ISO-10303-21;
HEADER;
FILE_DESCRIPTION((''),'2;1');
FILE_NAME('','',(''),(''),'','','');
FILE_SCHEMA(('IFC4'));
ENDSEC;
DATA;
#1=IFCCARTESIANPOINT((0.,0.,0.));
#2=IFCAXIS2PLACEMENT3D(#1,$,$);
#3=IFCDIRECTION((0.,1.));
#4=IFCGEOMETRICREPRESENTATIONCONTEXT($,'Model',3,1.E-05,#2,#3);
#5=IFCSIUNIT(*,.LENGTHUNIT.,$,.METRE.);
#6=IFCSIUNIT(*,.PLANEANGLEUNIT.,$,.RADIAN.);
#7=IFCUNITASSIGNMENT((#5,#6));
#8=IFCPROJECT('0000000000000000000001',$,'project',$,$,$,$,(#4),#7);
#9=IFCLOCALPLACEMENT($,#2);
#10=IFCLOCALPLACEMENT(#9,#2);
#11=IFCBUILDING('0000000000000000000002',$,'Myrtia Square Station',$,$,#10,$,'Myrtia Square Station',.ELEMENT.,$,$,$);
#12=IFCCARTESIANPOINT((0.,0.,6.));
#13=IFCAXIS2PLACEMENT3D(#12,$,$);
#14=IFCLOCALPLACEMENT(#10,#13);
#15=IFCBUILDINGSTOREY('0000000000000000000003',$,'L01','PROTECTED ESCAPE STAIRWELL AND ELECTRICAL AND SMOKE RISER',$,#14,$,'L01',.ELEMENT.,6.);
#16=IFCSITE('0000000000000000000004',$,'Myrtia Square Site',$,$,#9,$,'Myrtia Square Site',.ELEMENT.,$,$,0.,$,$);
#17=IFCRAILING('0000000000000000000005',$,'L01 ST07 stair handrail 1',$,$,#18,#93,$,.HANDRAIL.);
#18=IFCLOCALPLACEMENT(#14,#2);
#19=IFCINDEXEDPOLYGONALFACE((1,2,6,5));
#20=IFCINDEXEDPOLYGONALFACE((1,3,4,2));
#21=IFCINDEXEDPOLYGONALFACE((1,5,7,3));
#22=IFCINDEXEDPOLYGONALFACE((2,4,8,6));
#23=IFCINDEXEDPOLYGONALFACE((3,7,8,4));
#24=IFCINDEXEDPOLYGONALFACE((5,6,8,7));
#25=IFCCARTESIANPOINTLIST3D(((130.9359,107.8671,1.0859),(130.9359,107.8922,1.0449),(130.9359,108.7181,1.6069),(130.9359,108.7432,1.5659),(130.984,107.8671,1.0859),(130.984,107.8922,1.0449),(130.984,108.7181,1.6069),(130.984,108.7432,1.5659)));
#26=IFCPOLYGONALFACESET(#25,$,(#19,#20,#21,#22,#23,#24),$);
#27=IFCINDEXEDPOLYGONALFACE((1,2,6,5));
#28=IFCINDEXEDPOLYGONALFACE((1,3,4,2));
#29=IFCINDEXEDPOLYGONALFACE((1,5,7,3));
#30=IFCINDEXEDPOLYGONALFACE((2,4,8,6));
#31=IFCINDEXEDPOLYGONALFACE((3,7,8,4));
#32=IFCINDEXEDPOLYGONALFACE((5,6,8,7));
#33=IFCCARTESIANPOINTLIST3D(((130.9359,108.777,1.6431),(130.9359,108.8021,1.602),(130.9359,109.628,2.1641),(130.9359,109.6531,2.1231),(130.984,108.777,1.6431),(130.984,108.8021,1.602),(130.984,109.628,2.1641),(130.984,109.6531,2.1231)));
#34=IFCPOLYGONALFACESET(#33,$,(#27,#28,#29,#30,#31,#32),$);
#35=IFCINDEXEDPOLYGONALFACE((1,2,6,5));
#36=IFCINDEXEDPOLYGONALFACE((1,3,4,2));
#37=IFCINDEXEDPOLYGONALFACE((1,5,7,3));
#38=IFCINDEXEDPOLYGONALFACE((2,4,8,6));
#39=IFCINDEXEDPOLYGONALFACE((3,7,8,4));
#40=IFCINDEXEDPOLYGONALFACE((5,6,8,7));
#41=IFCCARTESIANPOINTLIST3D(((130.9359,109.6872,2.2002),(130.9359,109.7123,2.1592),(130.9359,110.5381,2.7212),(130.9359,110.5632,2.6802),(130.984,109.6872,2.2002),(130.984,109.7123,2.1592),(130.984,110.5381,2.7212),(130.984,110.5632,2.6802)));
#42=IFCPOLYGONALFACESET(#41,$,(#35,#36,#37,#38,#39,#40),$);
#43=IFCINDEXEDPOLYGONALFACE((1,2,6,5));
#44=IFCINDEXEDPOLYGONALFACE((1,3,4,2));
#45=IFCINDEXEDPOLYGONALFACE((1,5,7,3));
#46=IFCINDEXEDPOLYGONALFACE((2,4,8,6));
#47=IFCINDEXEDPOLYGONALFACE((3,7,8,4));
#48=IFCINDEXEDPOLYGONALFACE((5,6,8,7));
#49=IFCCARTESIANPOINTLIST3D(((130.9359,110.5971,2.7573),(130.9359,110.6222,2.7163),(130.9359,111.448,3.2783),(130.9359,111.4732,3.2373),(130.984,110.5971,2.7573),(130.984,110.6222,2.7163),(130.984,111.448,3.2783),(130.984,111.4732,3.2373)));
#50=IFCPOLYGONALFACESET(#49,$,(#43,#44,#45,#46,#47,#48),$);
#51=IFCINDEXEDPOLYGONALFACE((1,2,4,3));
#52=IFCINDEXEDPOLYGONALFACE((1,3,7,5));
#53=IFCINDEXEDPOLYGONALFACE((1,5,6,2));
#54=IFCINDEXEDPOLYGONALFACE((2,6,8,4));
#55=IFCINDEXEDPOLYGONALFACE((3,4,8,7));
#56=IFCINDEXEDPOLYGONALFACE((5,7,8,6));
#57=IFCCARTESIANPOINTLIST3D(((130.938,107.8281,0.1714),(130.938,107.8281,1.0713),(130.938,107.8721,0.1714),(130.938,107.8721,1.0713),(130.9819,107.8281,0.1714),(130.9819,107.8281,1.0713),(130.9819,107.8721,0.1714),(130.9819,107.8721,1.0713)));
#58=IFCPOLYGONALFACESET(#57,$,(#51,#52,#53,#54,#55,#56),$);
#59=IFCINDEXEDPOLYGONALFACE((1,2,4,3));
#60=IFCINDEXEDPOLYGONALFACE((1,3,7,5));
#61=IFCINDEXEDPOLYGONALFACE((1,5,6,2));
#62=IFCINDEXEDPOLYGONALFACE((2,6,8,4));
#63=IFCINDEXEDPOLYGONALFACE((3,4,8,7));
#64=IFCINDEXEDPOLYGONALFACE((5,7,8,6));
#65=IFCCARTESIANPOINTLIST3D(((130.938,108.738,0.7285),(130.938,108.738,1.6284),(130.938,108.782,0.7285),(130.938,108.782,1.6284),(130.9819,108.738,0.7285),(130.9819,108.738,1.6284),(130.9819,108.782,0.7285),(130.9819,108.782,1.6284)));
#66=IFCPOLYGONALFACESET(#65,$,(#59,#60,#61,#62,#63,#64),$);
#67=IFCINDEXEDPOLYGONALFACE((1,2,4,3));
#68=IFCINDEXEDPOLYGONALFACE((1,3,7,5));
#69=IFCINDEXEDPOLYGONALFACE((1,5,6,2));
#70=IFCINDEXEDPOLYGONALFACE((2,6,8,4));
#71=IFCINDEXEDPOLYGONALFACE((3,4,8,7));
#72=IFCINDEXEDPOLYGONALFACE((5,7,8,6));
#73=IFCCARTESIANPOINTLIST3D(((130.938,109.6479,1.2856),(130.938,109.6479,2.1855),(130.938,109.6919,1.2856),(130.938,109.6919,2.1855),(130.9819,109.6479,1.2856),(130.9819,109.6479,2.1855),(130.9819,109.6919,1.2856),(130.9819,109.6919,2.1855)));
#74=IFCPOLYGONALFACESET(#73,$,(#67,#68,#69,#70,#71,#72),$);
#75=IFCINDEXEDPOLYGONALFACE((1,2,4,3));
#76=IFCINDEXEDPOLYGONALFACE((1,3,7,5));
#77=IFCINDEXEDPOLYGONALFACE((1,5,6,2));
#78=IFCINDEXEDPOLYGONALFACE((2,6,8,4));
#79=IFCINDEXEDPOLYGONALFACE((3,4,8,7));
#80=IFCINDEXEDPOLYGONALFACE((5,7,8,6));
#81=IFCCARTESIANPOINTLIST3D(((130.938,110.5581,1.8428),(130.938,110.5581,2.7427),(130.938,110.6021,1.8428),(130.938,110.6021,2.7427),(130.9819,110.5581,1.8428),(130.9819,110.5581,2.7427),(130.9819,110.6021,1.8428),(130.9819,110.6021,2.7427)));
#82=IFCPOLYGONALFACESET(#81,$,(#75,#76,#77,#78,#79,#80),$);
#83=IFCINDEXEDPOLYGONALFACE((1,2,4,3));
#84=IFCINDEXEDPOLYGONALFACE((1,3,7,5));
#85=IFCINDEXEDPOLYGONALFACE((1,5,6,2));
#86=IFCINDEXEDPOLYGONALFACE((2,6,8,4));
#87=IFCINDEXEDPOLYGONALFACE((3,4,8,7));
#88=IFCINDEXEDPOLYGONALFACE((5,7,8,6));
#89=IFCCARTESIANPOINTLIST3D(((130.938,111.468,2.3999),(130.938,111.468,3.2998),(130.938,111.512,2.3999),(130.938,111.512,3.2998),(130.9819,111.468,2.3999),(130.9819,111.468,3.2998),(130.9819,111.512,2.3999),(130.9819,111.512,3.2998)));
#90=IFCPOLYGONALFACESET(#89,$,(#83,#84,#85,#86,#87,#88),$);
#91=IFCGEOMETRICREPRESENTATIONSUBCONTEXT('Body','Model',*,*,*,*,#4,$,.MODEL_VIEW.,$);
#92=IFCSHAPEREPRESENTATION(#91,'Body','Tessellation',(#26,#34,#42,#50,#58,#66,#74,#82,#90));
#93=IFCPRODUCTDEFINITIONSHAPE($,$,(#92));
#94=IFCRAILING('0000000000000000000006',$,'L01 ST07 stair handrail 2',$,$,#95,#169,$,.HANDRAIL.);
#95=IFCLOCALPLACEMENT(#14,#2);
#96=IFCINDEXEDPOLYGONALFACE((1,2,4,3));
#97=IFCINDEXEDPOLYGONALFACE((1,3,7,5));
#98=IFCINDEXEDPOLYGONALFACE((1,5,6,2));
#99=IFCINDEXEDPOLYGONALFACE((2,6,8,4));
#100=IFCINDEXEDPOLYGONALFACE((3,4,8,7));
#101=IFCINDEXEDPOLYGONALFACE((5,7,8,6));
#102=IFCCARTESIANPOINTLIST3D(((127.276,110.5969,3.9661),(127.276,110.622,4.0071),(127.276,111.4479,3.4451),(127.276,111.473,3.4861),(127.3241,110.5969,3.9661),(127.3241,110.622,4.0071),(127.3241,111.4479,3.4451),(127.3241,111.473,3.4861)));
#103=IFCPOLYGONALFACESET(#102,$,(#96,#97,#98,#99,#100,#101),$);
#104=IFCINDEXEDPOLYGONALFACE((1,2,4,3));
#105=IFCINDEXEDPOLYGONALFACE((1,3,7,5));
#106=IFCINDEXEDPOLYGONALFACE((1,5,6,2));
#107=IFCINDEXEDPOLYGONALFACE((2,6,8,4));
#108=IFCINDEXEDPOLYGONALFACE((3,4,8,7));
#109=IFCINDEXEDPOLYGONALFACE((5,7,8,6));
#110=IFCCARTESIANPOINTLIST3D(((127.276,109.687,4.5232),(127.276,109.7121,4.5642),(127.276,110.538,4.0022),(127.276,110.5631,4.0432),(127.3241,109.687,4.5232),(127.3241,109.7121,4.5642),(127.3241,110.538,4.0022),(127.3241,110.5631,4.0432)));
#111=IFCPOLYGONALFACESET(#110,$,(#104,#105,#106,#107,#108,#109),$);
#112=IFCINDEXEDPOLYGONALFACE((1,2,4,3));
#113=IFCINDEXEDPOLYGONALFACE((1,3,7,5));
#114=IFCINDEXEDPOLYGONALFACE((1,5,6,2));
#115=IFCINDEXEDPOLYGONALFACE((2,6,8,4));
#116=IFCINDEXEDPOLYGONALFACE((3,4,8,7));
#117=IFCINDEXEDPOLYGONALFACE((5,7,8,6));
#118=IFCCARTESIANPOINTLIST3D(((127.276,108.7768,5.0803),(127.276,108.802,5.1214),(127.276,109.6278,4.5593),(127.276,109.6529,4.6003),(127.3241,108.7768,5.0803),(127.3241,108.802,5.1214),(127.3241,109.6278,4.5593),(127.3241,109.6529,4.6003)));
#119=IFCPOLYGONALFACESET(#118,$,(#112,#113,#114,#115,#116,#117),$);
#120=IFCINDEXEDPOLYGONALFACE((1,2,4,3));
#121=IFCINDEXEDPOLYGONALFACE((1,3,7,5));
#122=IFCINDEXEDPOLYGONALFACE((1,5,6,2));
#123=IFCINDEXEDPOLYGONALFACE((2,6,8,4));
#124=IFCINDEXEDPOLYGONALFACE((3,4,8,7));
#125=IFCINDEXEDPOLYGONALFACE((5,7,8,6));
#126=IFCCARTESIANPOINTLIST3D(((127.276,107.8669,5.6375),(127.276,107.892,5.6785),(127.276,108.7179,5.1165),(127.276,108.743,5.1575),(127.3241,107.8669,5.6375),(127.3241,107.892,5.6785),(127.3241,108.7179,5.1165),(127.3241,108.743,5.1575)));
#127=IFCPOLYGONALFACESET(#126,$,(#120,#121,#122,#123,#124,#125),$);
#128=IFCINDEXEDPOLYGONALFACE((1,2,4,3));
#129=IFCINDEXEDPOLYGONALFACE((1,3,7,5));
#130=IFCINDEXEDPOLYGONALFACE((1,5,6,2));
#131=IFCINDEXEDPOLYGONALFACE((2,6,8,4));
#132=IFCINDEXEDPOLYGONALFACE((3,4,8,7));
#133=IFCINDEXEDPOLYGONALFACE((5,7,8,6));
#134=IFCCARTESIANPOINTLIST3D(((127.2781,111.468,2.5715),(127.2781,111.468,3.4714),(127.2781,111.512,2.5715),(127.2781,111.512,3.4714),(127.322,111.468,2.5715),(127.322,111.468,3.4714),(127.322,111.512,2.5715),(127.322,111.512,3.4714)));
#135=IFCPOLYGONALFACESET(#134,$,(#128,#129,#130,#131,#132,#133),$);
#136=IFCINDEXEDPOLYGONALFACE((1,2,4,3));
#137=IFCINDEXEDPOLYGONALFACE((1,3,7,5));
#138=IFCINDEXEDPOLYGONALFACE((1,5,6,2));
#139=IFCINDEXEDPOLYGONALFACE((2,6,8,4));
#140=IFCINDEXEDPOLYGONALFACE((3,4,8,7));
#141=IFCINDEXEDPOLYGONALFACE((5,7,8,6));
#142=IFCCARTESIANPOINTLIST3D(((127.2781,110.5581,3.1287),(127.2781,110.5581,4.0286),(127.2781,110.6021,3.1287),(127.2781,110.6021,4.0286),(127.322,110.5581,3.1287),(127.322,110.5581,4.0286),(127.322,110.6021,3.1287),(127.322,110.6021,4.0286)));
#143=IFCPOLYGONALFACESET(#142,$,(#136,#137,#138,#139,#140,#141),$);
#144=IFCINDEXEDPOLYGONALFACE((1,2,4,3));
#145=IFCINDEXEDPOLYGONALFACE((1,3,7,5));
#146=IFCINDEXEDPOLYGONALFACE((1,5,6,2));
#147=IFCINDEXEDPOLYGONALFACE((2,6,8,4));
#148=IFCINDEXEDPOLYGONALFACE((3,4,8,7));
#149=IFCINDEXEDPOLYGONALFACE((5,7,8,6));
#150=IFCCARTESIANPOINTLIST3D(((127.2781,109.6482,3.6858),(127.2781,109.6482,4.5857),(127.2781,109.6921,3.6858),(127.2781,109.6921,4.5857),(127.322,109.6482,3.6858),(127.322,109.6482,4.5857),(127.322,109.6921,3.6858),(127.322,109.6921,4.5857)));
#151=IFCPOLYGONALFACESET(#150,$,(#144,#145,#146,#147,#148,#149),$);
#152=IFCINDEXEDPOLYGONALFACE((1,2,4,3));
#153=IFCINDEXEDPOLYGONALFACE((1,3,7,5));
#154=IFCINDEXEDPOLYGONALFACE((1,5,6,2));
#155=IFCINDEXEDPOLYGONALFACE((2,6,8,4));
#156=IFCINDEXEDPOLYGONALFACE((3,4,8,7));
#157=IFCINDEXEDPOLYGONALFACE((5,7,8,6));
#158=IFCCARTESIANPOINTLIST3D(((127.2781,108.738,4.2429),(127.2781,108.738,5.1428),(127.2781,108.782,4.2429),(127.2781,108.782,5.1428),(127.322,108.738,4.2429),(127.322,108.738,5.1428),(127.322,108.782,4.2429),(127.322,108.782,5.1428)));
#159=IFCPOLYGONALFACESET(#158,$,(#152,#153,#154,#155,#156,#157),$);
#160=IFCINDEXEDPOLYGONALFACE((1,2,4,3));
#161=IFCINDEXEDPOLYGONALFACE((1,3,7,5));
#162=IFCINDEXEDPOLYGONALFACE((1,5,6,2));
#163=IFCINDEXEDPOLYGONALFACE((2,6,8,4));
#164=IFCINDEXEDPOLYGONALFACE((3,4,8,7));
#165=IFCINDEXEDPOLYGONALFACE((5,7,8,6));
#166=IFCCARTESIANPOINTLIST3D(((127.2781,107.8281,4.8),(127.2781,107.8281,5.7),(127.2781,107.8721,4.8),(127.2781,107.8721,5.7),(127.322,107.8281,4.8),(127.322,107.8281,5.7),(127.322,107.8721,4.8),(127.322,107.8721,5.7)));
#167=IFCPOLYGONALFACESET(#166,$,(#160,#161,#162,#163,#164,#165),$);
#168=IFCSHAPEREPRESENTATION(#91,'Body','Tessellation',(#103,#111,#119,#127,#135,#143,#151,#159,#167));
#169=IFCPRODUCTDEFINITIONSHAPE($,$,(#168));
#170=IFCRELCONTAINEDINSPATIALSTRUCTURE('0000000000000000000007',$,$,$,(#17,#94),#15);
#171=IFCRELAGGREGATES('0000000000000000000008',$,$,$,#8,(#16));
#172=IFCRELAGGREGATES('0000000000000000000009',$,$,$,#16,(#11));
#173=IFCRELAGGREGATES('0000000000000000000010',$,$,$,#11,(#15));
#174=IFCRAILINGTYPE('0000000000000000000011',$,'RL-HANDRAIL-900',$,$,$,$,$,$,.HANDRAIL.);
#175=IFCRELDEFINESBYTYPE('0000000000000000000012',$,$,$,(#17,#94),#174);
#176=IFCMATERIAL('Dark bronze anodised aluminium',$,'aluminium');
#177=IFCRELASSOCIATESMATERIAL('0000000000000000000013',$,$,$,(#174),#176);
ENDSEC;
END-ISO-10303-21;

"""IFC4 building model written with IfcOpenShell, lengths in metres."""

from ifc_helpers import new_model, si_unit, direction, frame, origin, origin_2d, place, context, subcontext, project, spatial, rectangle, extrude, material, type_object, element, save


model = new_model("IFC4")

# Units and contexts
model_context = context("Model", 3, precision=1e-05, world=origin(), true_north=direction((0.0, 1.0)))
body_context = subcontext(model_context, "Body", "Model", "MODEL_VIEW")
ifc_project = project(units=[si_unit("LENGTHUNIT", "METRE"), si_unit("PLANEANGLEUNIT", "RADIAN")], contexts=[model_context])

# Site, building, storey
site_placement = place(None, origin())
site = spatial("IfcSite", under=ifc_project, at=site_placement, Name="Myrtia Square Site", LongName="Myrtia Square Site", CompositionType="ELEMENT", RefElevation=0.0)
building_placement = place(site_placement, origin())
building = spatial("IfcBuilding", under=site, at=building_placement, Name="Myrtia Square Station", LongName="Myrtia Square Station", CompositionType="ELEMENT")
storey_placement = place(building_placement, frame((0.0, 0.0, 6.0)))
storey = spatial("IfcBuildingStorey", under=building, at=storey_placement, Name="L01", Description="PROTECTED ESCAPE STAIRWELL AND ELECTRICAL AND SMOKE RISER", LongName="L01", CompositionType="ELEMENT", Elevation=6.0)

# Shared definitions
ifc_material_1 = material(Name="Dark bronze anodised aluminium", Category="aluminium")

# Railings
railing_type_1 = type_object("IfcRailingType", Name="RL-HANDRAIL-900", PredefinedType="HANDRAIL", material=ifc_material_1)
railing_1_placement = place(storey_placement, frame((130.96, 107.8501, 0.1714)))
element("IfcRailing", 1, at=railing_1_placement, inside=storey, type_object=railing_type_1, Name="L01 ST07 stair handrail 1", PredefinedType="HANDRAIL", context=body_context, shape_type="SweptSolid", body=[
    extrude(rectangle(XDim=0.0481, YDim=0.0481, at=origin_2d()), frame((0.0, 0.0295, 0.894), z_axis=(0.0, 0.85285, 0.522156), x_axis=(-1.0, 0.0, 0.0)), (0.0, 0.0, 1.0), 0.9978),
    extrude(rectangle(XDim=0.0481, YDim=0.0481, at=origin_2d()), frame((0.0, 0.9395, 1.4512), z_axis=(0.0, 0.85285, 0.522156), x_axis=(-1.0, 0.0, 0.0)), (0.0, 0.0, 1.0), 0.9978),
    extrude(rectangle(XDim=0.0481, YDim=0.0481, at=origin_2d()), frame((0.0, 1.8496, 2.0083), z_axis=(0.0, 0.85285, 0.522156), x_axis=(-1.0, 0.0, 0.0)), (0.0, 0.0, 1.0), 0.9978),
    extrude(rectangle(XDim=0.0481, YDim=0.0481, at=origin_2d()), frame((0.0, 2.7595, 2.5654), z_axis=(0.0, 0.85285, 0.522156), x_axis=(-1.0, 0.0, 0.0)), (0.0, 0.0, 1.0), 0.9978),
    extrude(rectangle(XDim=0.0439, YDim=0.0439, at=origin_2d()), origin(), (0.0, 0.0, 1.0), 0.8999),
    extrude(rectangle(XDim=0.0439, YDim=0.0439, at=origin_2d()), frame((0.0, 0.9099, 0.5571)), (0.0, 0.0, 1.0), 0.8999),
    extrude(rectangle(XDim=0.0439, YDim=0.0439, at=origin_2d()), frame((0.0, 1.8198, 1.1143)), (0.0, 0.0, 1.0), 0.8999),
    extrude(rectangle(XDim=0.0439, YDim=0.0439, at=origin_2d()), frame((0.0, 2.73, 1.6714)), (0.0, 0.0, 1.0), 0.8999),
    extrude(rectangle(XDim=0.0439, YDim=0.0439, at=origin_2d()), frame((0.0, 3.6399, 2.2285)), (0.0, 0.0, 1.0), 0.8999),
])
railing_2_placement = place(storey_placement, frame((127.3, 111.49, 2.5715)))
element("IfcRailing", 2, at=railing_2_placement, inside=storey, type_object=railing_type_1, Name="L01 ST07 stair handrail 2", PredefinedType="HANDRAIL", context=body_context, shape_type="SweptSolid", body=[
    extrude(rectangle(XDim=0.0481, YDim=0.0481, at=origin_2d()), frame((0.0, -0.0295, 0.894), z_axis=(0.0, -0.85285, 0.522156), x_axis=(1.0, 0.0, 0.0)), (0.0, 0.0, 1.0), 0.9978),
    extrude(rectangle(XDim=0.0481, YDim=0.0481, at=origin_2d()), frame((0.0, -0.9395, 1.4512), z_axis=(0.0, -0.85285, 0.522156), x_axis=(1.0, 0.0, 0.0)), (0.0, 0.0, 1.0), 0.9978),
    extrude(rectangle(XDim=0.0481, YDim=0.0481, at=origin_2d()), frame((0.0, -1.8496, 2.0083), z_axis=(0.0, -0.85285, 0.522156), x_axis=(1.0, 0.0, 0.0)), (0.0, 0.0, 1.0), 0.9978),
    extrude(rectangle(XDim=0.0481, YDim=0.0481, at=origin_2d()), frame((0.0, -2.7595, 2.5654), z_axis=(0.0, -0.85285, 0.522156), x_axis=(1.0, 0.0, 0.0)), (0.0, 0.0, 1.0), 0.9978),
    extrude(rectangle(XDim=0.0439, YDim=0.0439, at=origin_2d()), origin(), (0.0, 0.0, 1.0), 0.8999),
    extrude(rectangle(XDim=0.0439, YDim=0.0439, at=origin_2d()), frame((0.0, -0.9099, 0.5571)), (0.0, 0.0, 1.0), 0.8999),
    extrude(rectangle(XDim=0.0439, YDim=0.0439, at=origin_2d()), frame((0.0, -1.8198, 1.1143)), (0.0, 0.0, 1.0), 0.8999),
    extrude(rectangle(XDim=0.0439, YDim=0.0439, at=origin_2d()), frame((0.0, -2.73, 1.6714)), (0.0, 0.0, 1.0), 0.8999),
    extrude(rectangle(XDim=0.0439, YDim=0.0439, at=origin_2d()), frame((0.0, -3.6399, 2.2285)), (0.0, 0.0, 1.0), 0.8999),
])

save(model, "model.ifc")
